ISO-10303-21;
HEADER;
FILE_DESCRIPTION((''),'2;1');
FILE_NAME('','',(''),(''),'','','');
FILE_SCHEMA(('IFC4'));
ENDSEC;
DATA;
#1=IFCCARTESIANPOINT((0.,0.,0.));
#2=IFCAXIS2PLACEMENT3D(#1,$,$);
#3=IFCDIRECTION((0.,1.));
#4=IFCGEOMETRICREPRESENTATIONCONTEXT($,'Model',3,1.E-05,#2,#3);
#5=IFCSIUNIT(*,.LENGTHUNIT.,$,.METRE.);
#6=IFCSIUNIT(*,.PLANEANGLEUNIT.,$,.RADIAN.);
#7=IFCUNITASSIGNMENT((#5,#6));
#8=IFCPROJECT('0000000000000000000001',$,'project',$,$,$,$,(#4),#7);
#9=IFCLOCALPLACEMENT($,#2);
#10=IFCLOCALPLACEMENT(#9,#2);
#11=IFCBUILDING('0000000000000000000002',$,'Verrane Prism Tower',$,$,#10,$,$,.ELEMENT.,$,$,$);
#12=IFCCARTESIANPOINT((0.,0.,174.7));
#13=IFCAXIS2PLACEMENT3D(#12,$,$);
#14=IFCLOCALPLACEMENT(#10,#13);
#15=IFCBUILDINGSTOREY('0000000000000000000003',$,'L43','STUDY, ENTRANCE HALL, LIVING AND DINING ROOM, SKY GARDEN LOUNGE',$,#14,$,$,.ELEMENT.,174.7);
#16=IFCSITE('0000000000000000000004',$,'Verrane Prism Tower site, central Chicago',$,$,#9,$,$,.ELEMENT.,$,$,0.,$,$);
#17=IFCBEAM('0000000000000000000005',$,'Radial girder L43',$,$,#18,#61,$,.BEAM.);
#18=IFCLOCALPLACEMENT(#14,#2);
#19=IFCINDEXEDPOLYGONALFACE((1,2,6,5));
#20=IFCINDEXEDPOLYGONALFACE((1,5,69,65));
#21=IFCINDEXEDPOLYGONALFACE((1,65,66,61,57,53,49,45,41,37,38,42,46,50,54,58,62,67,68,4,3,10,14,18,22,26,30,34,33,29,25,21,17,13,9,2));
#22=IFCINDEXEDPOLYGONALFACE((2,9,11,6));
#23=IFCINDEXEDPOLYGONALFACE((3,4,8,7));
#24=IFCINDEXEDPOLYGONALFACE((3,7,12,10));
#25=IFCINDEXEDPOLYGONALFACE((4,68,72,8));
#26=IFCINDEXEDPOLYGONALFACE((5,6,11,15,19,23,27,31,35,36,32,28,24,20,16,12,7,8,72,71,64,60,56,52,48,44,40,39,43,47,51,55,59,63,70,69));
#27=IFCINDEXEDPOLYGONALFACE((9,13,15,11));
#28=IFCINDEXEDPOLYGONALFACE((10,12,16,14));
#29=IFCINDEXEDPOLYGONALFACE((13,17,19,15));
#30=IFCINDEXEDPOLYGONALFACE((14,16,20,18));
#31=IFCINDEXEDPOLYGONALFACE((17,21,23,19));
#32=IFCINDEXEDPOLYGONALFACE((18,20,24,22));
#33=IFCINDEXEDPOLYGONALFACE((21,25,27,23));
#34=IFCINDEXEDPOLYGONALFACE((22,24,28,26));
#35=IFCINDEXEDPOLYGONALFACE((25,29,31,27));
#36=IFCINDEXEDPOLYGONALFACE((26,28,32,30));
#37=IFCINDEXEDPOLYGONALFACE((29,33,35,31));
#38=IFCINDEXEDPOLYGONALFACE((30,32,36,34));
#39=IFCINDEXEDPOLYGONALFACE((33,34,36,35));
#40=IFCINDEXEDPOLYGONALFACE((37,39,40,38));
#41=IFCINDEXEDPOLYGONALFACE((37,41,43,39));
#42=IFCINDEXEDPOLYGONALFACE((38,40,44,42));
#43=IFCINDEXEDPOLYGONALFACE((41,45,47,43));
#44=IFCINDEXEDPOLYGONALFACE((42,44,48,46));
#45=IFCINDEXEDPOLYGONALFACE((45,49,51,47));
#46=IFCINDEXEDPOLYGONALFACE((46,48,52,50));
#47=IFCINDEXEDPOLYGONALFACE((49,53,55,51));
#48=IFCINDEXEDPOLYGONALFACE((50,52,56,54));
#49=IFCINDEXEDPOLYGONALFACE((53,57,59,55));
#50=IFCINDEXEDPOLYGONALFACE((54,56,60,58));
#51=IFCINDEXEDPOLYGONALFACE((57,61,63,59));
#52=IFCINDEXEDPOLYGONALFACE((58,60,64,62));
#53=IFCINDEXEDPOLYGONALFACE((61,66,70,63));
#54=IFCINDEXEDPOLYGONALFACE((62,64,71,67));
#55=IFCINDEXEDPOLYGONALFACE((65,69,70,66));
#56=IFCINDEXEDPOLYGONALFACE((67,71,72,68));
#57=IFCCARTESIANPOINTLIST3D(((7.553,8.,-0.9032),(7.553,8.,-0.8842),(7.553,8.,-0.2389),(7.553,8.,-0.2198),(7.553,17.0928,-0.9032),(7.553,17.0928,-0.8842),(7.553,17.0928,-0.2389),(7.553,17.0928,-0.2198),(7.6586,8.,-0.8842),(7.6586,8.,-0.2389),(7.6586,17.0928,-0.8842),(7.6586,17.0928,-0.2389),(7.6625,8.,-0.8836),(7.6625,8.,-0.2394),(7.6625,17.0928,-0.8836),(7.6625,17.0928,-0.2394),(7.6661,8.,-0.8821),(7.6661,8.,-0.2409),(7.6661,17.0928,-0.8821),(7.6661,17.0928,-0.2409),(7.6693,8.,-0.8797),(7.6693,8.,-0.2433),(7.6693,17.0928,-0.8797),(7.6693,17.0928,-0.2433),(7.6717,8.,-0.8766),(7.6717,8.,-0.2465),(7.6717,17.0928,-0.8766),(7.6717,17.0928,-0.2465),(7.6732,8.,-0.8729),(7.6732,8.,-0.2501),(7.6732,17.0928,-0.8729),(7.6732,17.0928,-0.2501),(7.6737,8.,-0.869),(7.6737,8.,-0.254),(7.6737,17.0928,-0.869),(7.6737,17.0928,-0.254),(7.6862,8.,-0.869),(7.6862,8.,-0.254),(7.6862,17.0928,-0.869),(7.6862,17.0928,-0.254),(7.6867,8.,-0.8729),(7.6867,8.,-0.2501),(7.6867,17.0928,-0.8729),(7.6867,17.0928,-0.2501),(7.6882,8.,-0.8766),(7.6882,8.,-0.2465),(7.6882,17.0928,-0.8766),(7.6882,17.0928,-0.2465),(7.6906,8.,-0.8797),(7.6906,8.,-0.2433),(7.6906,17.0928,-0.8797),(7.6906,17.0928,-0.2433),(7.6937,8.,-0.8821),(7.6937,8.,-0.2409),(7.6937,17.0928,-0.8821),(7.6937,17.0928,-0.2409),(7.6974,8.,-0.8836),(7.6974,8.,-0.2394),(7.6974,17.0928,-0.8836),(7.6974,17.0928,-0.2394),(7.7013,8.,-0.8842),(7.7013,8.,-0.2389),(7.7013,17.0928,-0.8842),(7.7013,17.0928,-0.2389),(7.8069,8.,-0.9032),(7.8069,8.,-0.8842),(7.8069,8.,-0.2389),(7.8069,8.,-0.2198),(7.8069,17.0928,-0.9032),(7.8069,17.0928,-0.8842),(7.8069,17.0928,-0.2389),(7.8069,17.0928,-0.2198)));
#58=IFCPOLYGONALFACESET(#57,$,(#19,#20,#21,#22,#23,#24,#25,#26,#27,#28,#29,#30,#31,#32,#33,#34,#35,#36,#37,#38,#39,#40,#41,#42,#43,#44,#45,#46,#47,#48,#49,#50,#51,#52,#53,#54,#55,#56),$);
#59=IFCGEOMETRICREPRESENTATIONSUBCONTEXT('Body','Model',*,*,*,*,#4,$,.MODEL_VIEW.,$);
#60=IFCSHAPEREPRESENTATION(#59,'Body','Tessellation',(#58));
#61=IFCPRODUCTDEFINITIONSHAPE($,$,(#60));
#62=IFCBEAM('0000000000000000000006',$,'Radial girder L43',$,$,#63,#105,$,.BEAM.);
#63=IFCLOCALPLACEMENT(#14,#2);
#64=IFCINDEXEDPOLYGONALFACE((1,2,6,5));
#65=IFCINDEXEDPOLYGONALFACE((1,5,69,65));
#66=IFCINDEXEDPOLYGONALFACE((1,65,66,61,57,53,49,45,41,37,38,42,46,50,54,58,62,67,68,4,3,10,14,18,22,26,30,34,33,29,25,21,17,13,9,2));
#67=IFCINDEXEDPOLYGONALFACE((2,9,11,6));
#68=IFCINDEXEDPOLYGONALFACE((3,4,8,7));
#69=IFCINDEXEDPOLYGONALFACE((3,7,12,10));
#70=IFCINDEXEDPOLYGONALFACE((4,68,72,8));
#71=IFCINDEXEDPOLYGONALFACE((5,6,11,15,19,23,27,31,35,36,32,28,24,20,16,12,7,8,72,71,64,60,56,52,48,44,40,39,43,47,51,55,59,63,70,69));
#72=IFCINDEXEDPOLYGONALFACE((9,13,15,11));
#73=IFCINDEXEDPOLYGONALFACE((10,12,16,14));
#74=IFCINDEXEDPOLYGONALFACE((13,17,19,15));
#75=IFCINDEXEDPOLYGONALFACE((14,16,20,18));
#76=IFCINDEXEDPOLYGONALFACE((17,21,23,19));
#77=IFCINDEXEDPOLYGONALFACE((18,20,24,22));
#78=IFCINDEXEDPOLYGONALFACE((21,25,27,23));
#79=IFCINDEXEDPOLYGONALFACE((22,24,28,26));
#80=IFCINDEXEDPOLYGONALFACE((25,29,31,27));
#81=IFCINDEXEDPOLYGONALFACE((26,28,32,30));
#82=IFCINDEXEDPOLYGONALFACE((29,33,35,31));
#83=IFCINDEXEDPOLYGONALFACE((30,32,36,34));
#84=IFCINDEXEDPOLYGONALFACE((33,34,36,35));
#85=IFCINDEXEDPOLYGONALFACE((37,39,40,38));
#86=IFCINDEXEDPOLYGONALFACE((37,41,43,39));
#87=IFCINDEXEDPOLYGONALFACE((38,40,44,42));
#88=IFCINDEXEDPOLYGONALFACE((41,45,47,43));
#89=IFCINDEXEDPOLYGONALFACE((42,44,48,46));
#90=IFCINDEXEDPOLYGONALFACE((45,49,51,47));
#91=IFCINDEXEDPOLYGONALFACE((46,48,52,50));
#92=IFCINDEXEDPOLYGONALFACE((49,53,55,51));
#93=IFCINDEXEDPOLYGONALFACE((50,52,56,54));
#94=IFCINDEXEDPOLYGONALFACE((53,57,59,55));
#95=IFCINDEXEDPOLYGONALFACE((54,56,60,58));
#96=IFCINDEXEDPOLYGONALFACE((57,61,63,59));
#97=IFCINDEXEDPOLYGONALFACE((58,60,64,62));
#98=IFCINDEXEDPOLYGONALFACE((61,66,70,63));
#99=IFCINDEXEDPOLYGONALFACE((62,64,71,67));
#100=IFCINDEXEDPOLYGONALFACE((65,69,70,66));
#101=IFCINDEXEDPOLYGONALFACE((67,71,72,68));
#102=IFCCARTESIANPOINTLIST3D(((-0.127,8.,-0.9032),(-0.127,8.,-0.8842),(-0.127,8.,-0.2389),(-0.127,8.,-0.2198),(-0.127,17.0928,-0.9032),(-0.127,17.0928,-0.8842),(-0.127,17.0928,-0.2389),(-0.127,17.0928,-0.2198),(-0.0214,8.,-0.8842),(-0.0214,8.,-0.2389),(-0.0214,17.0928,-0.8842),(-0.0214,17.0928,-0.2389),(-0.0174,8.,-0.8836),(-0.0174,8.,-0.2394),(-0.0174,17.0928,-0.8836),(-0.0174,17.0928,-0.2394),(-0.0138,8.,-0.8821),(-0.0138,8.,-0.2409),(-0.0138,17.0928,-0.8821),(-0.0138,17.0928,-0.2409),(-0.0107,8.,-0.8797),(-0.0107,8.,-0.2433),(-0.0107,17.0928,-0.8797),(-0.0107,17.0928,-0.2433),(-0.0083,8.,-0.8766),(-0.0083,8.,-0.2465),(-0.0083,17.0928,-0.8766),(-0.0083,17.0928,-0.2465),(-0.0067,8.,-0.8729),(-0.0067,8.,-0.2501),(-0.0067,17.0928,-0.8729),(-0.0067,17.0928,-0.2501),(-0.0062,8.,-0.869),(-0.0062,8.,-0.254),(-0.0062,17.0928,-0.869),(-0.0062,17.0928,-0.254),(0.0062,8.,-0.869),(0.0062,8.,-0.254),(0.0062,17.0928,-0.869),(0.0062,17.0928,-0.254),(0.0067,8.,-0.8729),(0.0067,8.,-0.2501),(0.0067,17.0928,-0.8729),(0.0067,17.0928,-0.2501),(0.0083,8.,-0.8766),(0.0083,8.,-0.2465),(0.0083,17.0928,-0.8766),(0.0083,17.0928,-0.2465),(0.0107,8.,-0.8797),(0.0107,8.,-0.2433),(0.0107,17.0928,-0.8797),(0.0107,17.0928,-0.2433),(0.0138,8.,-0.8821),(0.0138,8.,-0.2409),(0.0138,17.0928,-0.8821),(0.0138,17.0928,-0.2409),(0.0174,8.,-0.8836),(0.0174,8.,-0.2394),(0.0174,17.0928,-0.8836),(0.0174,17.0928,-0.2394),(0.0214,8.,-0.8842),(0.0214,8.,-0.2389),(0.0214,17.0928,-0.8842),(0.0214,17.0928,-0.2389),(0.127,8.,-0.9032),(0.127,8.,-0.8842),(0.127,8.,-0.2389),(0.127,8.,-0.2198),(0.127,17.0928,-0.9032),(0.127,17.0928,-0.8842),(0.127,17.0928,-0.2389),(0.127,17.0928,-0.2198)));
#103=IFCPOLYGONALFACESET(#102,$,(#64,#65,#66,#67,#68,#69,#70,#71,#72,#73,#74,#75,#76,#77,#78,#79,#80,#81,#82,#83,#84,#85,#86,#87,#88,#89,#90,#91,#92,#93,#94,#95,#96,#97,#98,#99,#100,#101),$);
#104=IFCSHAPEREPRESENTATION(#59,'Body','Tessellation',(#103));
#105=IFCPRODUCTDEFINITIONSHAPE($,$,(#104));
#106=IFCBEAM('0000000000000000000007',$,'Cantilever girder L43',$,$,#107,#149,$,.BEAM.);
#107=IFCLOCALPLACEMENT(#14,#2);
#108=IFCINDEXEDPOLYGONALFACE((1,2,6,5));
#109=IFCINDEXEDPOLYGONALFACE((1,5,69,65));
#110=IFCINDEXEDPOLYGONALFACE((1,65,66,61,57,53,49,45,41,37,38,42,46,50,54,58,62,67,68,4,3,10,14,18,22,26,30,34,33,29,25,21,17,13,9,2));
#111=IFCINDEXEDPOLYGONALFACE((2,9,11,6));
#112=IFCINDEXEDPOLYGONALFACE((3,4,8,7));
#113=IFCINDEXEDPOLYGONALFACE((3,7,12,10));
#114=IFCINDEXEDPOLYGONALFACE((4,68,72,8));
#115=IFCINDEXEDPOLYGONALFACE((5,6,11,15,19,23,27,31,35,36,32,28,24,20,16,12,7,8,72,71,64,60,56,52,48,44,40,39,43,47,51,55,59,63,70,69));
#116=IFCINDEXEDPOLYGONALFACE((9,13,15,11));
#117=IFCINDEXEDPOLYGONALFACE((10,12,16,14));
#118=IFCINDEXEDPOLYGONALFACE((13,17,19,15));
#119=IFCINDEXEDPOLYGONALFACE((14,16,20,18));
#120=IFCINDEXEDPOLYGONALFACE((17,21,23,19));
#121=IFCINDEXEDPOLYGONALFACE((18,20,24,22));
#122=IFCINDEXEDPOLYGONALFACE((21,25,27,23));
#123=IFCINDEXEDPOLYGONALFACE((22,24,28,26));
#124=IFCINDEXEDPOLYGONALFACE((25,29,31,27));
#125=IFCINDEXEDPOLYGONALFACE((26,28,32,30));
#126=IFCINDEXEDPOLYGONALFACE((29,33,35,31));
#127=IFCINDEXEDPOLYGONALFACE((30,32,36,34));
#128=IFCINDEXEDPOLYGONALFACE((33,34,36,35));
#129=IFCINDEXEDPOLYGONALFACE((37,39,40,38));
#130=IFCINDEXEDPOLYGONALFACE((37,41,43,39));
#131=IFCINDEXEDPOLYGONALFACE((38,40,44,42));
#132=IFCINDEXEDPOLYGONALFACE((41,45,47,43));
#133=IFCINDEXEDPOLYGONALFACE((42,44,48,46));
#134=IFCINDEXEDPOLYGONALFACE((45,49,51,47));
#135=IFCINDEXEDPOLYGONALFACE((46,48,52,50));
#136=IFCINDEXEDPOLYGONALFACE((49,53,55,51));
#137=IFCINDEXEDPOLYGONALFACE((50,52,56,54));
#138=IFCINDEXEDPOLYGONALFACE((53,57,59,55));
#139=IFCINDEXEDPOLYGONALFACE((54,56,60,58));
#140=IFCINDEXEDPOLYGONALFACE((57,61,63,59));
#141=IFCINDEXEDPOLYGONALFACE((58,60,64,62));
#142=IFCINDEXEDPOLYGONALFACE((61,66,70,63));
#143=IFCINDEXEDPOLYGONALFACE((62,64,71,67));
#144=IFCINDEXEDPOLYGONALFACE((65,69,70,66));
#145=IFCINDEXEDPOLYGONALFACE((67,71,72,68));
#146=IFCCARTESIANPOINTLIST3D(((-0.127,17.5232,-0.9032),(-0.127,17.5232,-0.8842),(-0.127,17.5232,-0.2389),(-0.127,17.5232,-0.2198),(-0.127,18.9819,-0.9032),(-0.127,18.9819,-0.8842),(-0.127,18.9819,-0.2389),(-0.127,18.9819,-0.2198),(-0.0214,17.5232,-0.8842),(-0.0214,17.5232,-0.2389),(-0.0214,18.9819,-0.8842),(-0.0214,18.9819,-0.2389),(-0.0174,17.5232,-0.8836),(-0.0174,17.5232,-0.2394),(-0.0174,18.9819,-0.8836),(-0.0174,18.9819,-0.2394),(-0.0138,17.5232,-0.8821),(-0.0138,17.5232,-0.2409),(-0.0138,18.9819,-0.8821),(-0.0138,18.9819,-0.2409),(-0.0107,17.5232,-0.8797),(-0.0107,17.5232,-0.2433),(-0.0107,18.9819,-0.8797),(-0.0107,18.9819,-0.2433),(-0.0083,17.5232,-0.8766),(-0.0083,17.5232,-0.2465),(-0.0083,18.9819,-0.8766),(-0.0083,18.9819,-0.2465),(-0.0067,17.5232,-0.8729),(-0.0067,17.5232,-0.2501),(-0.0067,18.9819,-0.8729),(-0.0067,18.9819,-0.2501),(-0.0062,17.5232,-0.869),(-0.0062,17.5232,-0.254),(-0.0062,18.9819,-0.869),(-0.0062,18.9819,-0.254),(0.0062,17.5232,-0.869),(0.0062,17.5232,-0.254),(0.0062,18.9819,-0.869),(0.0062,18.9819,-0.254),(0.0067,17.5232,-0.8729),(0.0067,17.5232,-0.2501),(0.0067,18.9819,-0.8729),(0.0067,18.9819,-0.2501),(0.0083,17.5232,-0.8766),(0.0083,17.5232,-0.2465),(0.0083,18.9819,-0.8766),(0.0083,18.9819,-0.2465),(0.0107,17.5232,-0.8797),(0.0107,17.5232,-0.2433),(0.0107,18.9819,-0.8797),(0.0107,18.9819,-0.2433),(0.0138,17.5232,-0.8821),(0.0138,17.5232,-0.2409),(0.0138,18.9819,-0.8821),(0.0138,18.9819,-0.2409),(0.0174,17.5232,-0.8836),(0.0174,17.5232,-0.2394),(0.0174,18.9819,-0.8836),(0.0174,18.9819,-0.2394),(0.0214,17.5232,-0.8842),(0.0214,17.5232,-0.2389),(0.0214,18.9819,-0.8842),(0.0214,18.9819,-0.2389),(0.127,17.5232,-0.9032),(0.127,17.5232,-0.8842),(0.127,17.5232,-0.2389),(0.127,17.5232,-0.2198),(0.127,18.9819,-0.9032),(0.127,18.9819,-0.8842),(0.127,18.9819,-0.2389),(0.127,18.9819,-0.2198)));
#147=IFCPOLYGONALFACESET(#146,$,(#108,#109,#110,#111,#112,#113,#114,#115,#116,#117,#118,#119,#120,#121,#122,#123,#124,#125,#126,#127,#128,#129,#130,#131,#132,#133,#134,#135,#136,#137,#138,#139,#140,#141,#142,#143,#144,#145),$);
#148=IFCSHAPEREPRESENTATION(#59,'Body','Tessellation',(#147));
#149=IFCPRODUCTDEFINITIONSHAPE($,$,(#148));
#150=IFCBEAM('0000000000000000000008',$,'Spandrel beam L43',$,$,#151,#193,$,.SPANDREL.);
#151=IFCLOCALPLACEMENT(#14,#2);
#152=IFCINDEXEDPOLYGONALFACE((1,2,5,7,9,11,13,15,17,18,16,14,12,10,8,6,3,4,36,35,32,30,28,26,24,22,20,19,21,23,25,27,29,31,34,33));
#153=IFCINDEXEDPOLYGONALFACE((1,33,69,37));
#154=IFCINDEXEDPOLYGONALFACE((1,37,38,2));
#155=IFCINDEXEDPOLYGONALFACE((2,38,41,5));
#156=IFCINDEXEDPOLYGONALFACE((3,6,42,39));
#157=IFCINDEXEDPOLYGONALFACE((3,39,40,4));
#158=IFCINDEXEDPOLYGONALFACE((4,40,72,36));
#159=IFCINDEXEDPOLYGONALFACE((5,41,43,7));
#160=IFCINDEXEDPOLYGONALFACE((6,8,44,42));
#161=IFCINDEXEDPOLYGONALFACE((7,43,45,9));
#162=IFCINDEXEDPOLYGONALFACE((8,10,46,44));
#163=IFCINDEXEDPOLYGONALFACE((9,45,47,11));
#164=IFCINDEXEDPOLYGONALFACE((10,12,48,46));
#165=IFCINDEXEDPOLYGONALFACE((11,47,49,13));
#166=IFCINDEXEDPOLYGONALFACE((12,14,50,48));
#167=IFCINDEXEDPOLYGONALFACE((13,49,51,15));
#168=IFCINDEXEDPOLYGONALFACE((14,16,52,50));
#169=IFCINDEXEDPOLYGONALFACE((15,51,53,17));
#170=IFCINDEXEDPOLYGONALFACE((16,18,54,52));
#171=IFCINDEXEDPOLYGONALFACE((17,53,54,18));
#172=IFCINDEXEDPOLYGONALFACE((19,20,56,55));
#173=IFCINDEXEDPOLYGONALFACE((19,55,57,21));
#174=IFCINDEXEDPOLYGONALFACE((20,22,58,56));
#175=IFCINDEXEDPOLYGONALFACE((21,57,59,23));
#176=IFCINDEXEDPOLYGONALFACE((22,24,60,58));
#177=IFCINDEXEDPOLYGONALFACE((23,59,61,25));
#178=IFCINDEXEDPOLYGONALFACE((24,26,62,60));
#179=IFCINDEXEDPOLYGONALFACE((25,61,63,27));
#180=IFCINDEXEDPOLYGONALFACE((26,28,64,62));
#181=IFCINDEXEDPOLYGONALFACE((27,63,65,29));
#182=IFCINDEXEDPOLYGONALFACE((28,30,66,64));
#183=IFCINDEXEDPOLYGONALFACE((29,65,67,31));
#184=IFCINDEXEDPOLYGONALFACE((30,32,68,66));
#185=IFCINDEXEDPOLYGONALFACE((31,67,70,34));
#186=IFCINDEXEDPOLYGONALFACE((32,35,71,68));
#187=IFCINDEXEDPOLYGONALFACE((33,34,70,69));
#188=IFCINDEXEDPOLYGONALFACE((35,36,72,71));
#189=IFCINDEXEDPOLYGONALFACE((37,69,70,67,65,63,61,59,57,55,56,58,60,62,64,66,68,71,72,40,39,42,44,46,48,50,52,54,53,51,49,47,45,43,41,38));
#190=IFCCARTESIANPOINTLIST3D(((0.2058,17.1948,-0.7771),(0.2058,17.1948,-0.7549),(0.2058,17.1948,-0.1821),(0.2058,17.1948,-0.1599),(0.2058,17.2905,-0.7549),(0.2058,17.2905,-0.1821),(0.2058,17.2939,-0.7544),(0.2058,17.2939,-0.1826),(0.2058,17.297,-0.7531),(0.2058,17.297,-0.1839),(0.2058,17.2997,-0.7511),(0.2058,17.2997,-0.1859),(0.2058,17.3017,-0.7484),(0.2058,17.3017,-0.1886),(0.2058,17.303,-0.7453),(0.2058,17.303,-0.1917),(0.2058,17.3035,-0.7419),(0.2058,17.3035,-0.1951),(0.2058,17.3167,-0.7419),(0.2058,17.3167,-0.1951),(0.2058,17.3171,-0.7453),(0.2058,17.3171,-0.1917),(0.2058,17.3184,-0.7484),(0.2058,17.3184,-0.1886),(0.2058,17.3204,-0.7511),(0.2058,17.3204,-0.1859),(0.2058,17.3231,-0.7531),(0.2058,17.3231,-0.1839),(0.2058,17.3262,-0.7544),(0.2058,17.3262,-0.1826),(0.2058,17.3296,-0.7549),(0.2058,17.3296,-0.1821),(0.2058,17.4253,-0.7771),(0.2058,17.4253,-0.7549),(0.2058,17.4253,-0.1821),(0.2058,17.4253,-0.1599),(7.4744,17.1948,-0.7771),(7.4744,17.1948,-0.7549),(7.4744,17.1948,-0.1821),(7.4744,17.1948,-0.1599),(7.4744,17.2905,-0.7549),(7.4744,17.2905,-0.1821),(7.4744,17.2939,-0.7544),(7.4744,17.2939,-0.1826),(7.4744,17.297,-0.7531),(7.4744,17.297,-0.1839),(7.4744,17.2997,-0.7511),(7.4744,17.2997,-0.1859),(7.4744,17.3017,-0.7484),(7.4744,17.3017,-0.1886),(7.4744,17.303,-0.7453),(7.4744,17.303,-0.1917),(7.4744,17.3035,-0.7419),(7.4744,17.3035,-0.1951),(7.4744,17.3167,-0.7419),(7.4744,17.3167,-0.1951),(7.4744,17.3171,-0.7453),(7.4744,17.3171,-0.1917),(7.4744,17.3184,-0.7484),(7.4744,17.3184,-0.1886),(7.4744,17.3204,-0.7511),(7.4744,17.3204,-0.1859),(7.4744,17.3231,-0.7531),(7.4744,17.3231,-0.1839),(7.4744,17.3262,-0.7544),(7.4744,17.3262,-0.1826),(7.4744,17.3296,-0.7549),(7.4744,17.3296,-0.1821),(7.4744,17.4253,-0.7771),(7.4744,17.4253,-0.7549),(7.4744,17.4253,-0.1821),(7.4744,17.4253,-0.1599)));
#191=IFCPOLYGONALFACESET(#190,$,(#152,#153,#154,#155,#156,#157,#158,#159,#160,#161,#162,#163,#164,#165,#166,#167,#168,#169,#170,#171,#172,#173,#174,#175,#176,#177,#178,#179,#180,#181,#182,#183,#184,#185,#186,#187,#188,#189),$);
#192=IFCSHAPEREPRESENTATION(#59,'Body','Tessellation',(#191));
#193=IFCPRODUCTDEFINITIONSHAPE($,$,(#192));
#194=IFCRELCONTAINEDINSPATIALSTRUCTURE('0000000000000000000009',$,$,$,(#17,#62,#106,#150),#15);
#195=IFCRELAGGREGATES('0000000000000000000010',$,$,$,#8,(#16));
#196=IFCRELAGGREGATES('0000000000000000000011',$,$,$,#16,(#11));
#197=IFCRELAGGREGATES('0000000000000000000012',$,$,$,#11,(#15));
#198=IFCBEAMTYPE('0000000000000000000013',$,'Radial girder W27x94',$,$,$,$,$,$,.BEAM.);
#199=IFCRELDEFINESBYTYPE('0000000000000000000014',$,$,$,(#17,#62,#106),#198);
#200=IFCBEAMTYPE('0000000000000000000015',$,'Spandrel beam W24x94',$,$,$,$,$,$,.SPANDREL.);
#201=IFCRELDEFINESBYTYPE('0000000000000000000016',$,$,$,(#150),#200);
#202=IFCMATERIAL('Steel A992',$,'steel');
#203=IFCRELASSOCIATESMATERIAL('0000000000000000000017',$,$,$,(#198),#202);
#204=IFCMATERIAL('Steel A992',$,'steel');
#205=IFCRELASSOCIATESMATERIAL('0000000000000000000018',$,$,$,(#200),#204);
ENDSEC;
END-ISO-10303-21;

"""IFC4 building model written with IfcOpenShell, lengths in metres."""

from ifc_helpers import new_model, si_unit, direction, frame, origin, origin_2d, place, context, subcontext, project, spatial, i_section, extrude, material, material_profile, profile_set, type_object, element, save


model = new_model("IFC4")

# Units and contexts
model_context = context("Model", 3, precision=1e-05, world=origin(), true_north=direction((0.0, 1.0)))
body_context = subcontext(model_context, "Body", "Model", "MODEL_VIEW")
ifc_project = project(units=[si_unit("LENGTHUNIT", "METRE"), si_unit("PLANEANGLEUNIT", "RADIAN")], contexts=[model_context])

# Site, building, storey
site_placement = place(None, origin())
site = spatial("IfcSite", under=ifc_project, at=site_placement, Name="Verrane Prism Tower site, central Chicago", CompositionType="ELEMENT", RefElevation=0.0)
building_placement = place(site_placement, origin())
building = spatial("IfcBuilding", under=site, at=building_placement, Name="Verrane Prism Tower", CompositionType="ELEMENT")
storey_placement = place(building_placement, frame((0.0, 0.0, 174.7)))
storey = spatial("IfcBuildingStorey", under=building, at=storey_placement, Name="L43", Description="STUDY, ENTRANCE HALL, LIVING AND DINING ROOM, SKY GARDEN LOUNGE", CompositionType="ELEMENT", Elevation=174.7)

# Beams
ifc_material_1 = material(Name="Steel A992", Category="steel")
ifc_material_profile_1 = material_profile(ifc_material_1, i_section(OverallWidth=0.2539, OverallDepth=0.6833, WebThickness=0.0125, FlangeThickness=0.019, FilletRadius=0.0151, at=origin_2d()), Name="W27x94")
ifc_profile_set_1 = profile_set([ifc_material_profile_1], Name="Steel A992")
beam_type_1 = type_object("IfcBeamType", Name="Radial girder W27x94", PredefinedType="BEAM", material=ifc_profile_set_1)
for number, where, z_axis, x_axis, name in (
    (1, (7.6799, 17.0928, -0.5615), (0.0, -1.0, 0.0), (1.0, 0.0, 0.0), "Radial girder L43"),
    (2, (0.0, 17.0928, -0.5615), (0.0, -1.0, 0.0), (1.0, 0.0, 0.0), "Radial girder L43"),
):
    element("IfcBeam", number, at=place(storey_placement, frame(where, z_axis=z_axis, x_axis=x_axis)), inside=storey, type_object=beam_type_1, Name=name, PredefinedType="BEAM", context=body_context, shape_type="SweptSolid", body=[
        extrude(i_section(OverallWidth=0.2539, OverallDepth=0.6833, WebThickness=0.0125, FlangeThickness=0.019, FilletRadius=0.0151, at=origin_2d()), origin(), (0.0, 0.0, 1.0), 9.0928),
    ])
beam_1_placement = place(storey_placement, frame((0.0, 17.5232, -0.5615), z_axis=(0.0, 1.0, 0.0), x_axis=(-1.0, 0.0, 0.0)))
element("IfcBeam", 3, at=beam_1_placement, inside=storey, type_object=beam_type_1, Name="Cantilever girder L43", PredefinedType="BEAM", context=body_context, shape_type="SweptSolid", body=[
    extrude(i_section(OverallWidth=0.2539, OverallDepth=0.6833, WebThickness=0.0125, FlangeThickness=0.019, FilletRadius=0.0151, at=origin_2d()), origin(), (0.0, 0.0, 1.0), 1.4587),
])
ifc_material_2 = material(Name="Steel A992", Category="steel")
ifc_material_profile_2 = material_profile(ifc_material_2, i_section(OverallWidth=0.2305, OverallDepth=0.6172, WebThickness=0.0132, FlangeThickness=0.0222, FilletRadius=0.0129, at=origin_2d()), Name="W24x94")
ifc_profile_set_2 = profile_set([ifc_material_profile_2], Name="Steel A992")
beam_type_2 = type_object("IfcBeamType", Name="Spandrel beam W24x94", PredefinedType="SPANDREL", material=ifc_profile_set_2)
beam_2_placement = place(storey_placement, frame((7.4744, 17.3101, -0.4685), z_axis=(-1.0, 0.0, 0.0), x_axis=(0.0, -1.0, 0.0)))
element("IfcBeam", 4, at=beam_2_placement, inside=storey, type_object=beam_type_2, Name="Spandrel beam L43", PredefinedType="SPANDREL", context=body_context, shape_type="SweptSolid", body=[
    extrude(i_section(OverallWidth=0.2305, OverallDepth=0.6172, WebThickness=0.0132, FlangeThickness=0.0222, FilletRadius=0.0129, at=origin_2d()), origin(), (0.0, 0.0, 1.0), 7.2686),
])

save(model, "model.ifc")
